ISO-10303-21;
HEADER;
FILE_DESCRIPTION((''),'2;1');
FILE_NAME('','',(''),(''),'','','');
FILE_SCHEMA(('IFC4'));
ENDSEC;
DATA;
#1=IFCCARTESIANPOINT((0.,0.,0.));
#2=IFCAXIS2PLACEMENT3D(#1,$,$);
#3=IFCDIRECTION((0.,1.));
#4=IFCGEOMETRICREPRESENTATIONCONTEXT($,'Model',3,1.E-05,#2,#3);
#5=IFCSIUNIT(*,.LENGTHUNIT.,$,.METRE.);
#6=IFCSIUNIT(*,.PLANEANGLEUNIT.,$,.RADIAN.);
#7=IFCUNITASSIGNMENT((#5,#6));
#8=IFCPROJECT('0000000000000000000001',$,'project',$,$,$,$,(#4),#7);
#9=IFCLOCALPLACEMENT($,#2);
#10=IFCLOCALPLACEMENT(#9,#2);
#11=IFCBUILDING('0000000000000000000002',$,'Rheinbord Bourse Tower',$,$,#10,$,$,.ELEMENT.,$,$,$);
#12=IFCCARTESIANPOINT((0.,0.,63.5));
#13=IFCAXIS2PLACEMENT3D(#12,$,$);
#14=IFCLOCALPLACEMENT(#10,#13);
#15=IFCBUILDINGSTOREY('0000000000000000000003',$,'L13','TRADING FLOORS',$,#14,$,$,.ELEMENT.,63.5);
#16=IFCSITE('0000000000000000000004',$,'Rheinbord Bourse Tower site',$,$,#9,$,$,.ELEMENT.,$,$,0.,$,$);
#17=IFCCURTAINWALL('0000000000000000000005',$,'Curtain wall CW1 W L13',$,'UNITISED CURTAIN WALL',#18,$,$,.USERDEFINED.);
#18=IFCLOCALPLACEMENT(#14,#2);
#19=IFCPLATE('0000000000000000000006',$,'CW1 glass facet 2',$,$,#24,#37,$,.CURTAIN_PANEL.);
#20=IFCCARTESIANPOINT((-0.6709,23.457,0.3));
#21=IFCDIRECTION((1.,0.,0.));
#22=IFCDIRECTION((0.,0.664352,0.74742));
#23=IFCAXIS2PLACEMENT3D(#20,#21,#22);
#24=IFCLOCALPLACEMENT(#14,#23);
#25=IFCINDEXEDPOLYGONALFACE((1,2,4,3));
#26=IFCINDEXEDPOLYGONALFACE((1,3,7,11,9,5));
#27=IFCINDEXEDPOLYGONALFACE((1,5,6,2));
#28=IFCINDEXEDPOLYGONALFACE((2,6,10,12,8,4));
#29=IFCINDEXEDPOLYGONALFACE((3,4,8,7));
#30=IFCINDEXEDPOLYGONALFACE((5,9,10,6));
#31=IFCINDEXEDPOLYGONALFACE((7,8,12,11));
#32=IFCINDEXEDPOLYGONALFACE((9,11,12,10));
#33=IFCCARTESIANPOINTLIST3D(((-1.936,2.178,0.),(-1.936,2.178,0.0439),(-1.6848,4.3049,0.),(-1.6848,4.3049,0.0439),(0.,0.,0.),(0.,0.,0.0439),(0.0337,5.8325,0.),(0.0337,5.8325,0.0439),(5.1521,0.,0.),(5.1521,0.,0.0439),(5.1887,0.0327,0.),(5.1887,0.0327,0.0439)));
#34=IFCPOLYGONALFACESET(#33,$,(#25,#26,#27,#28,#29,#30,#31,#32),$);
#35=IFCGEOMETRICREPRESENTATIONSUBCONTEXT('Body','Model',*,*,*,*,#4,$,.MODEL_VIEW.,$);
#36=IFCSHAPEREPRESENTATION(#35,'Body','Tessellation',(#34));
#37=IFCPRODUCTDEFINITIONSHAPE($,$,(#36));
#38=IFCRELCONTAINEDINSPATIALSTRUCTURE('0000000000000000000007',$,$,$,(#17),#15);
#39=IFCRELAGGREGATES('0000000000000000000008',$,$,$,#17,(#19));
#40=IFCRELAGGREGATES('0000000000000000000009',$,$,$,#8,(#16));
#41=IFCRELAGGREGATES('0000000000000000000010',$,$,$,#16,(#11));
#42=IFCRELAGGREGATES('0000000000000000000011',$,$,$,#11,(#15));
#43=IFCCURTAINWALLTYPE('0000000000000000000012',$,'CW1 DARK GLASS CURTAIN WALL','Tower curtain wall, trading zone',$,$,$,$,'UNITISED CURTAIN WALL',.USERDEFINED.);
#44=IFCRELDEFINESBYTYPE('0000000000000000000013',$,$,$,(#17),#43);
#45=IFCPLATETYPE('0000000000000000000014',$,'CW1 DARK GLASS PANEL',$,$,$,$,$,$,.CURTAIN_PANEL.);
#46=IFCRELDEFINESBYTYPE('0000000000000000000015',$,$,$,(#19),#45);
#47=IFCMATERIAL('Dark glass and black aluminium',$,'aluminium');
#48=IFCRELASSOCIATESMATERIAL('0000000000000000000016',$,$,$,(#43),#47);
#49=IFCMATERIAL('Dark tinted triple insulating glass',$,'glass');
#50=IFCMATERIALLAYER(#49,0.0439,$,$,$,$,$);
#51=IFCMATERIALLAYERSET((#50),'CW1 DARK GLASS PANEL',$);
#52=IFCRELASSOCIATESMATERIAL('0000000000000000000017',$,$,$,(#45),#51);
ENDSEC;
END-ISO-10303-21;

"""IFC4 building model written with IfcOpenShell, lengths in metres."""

from ifc_helpers import new_model, si_unit, direction, frame, origin, place, context, subcontext, project, spatial, polyline, outline, extrude, material, layer, layer_set, type_object, element, aggregate, save


model = new_model("IFC4")

# Units and contexts
model_context = context("Model", 3, precision=1e-05, world=origin(), true_north=direction((0.0, 1.0)))
body_context = subcontext(model_context, "Body", "Model", "MODEL_VIEW")
ifc_project = project(units=[si_unit("LENGTHUNIT", "METRE"), si_unit("PLANEANGLEUNIT", "RADIAN")], contexts=[model_context])

# Site, building, storey
site_placement = place(None, origin())
site = spatial("IfcSite", under=ifc_project, at=site_placement, Name="Rheinbord Bourse Tower site", CompositionType="ELEMENT", RefElevation=0.0)
building_placement = place(site_placement, origin())
building = spatial("IfcBuilding", under=site, at=building_placement, Name="Rheinbord Bourse Tower", CompositionType="ELEMENT")
storey_placement = place(building_placement, frame((0.0, 0.0, 63.5)))
storey = spatial("IfcBuildingStorey", under=building, at=storey_placement, Name="L13", Description="TRADING FLOORS", CompositionType="ELEMENT", Elevation=63.5)

# Curtain wall
ifc_material_1 = material(Name="Dark glass and black aluminium", Category="aluminium")
curtain_wall_type = type_object("IfcCurtainWallType", Name="CW1 DARK GLASS CURTAIN WALL", Description="Tower curtain wall, trading zone", ElementType="UNITISED CURTAIN WALL", PredefinedType="USERDEFINED", material=ifc_material_1)
curtain_wall_placement = place(storey_placement, origin())
curtain_wall = element("IfcCurtainWall", 1, at=curtain_wall_placement, inside=storey, type_object=curtain_wall_type, Name="Curtain wall CW1 W L13", ObjectType="UNITISED CURTAIN WALL", PredefinedType="USERDEFINED")

# Plate
ifc_material_2 = material(Name="Dark tinted triple insulating glass", Category="glass")
ifc_layer_1 = layer(ifc_material_2, 0.0439)
ifc_layer_set_1 = layer_set([ifc_layer_1], Name="CW1 DARK GLASS PANEL")
plate_type = type_object("IfcPlateType", Name="CW1 DARK GLASS PANEL", PredefinedType="CURTAIN_PANEL", material=ifc_layer_set_1)
plate_1_placement = place(storey_placement, frame((-0.6709, 23.457, 0.3), z_axis=(1.0, 0.0, 0.0), x_axis=(0.0, 0.664352, 0.74742)))
plate_1 = element("IfcPlate", 2, at=plate_1_placement, type_object=plate_type, Name="CW1 glass facet 2", PredefinedType="CURTAIN_PANEL", context=body_context, shape_type="SweptSolid", body=[
    extrude(outline(polyline([(0.0, 0.0), (5.1521, 0.0), (5.1887, 0.0327), (0.0337, 5.8325), (-1.6848, 4.3049), (-1.936, 2.178), (0.0, 0.0)])), origin(), (0.0, 0.0, 1.0), 0.0439),
])
aggregate(curtain_wall, [plate_1])

save(model, "model.ifc")
